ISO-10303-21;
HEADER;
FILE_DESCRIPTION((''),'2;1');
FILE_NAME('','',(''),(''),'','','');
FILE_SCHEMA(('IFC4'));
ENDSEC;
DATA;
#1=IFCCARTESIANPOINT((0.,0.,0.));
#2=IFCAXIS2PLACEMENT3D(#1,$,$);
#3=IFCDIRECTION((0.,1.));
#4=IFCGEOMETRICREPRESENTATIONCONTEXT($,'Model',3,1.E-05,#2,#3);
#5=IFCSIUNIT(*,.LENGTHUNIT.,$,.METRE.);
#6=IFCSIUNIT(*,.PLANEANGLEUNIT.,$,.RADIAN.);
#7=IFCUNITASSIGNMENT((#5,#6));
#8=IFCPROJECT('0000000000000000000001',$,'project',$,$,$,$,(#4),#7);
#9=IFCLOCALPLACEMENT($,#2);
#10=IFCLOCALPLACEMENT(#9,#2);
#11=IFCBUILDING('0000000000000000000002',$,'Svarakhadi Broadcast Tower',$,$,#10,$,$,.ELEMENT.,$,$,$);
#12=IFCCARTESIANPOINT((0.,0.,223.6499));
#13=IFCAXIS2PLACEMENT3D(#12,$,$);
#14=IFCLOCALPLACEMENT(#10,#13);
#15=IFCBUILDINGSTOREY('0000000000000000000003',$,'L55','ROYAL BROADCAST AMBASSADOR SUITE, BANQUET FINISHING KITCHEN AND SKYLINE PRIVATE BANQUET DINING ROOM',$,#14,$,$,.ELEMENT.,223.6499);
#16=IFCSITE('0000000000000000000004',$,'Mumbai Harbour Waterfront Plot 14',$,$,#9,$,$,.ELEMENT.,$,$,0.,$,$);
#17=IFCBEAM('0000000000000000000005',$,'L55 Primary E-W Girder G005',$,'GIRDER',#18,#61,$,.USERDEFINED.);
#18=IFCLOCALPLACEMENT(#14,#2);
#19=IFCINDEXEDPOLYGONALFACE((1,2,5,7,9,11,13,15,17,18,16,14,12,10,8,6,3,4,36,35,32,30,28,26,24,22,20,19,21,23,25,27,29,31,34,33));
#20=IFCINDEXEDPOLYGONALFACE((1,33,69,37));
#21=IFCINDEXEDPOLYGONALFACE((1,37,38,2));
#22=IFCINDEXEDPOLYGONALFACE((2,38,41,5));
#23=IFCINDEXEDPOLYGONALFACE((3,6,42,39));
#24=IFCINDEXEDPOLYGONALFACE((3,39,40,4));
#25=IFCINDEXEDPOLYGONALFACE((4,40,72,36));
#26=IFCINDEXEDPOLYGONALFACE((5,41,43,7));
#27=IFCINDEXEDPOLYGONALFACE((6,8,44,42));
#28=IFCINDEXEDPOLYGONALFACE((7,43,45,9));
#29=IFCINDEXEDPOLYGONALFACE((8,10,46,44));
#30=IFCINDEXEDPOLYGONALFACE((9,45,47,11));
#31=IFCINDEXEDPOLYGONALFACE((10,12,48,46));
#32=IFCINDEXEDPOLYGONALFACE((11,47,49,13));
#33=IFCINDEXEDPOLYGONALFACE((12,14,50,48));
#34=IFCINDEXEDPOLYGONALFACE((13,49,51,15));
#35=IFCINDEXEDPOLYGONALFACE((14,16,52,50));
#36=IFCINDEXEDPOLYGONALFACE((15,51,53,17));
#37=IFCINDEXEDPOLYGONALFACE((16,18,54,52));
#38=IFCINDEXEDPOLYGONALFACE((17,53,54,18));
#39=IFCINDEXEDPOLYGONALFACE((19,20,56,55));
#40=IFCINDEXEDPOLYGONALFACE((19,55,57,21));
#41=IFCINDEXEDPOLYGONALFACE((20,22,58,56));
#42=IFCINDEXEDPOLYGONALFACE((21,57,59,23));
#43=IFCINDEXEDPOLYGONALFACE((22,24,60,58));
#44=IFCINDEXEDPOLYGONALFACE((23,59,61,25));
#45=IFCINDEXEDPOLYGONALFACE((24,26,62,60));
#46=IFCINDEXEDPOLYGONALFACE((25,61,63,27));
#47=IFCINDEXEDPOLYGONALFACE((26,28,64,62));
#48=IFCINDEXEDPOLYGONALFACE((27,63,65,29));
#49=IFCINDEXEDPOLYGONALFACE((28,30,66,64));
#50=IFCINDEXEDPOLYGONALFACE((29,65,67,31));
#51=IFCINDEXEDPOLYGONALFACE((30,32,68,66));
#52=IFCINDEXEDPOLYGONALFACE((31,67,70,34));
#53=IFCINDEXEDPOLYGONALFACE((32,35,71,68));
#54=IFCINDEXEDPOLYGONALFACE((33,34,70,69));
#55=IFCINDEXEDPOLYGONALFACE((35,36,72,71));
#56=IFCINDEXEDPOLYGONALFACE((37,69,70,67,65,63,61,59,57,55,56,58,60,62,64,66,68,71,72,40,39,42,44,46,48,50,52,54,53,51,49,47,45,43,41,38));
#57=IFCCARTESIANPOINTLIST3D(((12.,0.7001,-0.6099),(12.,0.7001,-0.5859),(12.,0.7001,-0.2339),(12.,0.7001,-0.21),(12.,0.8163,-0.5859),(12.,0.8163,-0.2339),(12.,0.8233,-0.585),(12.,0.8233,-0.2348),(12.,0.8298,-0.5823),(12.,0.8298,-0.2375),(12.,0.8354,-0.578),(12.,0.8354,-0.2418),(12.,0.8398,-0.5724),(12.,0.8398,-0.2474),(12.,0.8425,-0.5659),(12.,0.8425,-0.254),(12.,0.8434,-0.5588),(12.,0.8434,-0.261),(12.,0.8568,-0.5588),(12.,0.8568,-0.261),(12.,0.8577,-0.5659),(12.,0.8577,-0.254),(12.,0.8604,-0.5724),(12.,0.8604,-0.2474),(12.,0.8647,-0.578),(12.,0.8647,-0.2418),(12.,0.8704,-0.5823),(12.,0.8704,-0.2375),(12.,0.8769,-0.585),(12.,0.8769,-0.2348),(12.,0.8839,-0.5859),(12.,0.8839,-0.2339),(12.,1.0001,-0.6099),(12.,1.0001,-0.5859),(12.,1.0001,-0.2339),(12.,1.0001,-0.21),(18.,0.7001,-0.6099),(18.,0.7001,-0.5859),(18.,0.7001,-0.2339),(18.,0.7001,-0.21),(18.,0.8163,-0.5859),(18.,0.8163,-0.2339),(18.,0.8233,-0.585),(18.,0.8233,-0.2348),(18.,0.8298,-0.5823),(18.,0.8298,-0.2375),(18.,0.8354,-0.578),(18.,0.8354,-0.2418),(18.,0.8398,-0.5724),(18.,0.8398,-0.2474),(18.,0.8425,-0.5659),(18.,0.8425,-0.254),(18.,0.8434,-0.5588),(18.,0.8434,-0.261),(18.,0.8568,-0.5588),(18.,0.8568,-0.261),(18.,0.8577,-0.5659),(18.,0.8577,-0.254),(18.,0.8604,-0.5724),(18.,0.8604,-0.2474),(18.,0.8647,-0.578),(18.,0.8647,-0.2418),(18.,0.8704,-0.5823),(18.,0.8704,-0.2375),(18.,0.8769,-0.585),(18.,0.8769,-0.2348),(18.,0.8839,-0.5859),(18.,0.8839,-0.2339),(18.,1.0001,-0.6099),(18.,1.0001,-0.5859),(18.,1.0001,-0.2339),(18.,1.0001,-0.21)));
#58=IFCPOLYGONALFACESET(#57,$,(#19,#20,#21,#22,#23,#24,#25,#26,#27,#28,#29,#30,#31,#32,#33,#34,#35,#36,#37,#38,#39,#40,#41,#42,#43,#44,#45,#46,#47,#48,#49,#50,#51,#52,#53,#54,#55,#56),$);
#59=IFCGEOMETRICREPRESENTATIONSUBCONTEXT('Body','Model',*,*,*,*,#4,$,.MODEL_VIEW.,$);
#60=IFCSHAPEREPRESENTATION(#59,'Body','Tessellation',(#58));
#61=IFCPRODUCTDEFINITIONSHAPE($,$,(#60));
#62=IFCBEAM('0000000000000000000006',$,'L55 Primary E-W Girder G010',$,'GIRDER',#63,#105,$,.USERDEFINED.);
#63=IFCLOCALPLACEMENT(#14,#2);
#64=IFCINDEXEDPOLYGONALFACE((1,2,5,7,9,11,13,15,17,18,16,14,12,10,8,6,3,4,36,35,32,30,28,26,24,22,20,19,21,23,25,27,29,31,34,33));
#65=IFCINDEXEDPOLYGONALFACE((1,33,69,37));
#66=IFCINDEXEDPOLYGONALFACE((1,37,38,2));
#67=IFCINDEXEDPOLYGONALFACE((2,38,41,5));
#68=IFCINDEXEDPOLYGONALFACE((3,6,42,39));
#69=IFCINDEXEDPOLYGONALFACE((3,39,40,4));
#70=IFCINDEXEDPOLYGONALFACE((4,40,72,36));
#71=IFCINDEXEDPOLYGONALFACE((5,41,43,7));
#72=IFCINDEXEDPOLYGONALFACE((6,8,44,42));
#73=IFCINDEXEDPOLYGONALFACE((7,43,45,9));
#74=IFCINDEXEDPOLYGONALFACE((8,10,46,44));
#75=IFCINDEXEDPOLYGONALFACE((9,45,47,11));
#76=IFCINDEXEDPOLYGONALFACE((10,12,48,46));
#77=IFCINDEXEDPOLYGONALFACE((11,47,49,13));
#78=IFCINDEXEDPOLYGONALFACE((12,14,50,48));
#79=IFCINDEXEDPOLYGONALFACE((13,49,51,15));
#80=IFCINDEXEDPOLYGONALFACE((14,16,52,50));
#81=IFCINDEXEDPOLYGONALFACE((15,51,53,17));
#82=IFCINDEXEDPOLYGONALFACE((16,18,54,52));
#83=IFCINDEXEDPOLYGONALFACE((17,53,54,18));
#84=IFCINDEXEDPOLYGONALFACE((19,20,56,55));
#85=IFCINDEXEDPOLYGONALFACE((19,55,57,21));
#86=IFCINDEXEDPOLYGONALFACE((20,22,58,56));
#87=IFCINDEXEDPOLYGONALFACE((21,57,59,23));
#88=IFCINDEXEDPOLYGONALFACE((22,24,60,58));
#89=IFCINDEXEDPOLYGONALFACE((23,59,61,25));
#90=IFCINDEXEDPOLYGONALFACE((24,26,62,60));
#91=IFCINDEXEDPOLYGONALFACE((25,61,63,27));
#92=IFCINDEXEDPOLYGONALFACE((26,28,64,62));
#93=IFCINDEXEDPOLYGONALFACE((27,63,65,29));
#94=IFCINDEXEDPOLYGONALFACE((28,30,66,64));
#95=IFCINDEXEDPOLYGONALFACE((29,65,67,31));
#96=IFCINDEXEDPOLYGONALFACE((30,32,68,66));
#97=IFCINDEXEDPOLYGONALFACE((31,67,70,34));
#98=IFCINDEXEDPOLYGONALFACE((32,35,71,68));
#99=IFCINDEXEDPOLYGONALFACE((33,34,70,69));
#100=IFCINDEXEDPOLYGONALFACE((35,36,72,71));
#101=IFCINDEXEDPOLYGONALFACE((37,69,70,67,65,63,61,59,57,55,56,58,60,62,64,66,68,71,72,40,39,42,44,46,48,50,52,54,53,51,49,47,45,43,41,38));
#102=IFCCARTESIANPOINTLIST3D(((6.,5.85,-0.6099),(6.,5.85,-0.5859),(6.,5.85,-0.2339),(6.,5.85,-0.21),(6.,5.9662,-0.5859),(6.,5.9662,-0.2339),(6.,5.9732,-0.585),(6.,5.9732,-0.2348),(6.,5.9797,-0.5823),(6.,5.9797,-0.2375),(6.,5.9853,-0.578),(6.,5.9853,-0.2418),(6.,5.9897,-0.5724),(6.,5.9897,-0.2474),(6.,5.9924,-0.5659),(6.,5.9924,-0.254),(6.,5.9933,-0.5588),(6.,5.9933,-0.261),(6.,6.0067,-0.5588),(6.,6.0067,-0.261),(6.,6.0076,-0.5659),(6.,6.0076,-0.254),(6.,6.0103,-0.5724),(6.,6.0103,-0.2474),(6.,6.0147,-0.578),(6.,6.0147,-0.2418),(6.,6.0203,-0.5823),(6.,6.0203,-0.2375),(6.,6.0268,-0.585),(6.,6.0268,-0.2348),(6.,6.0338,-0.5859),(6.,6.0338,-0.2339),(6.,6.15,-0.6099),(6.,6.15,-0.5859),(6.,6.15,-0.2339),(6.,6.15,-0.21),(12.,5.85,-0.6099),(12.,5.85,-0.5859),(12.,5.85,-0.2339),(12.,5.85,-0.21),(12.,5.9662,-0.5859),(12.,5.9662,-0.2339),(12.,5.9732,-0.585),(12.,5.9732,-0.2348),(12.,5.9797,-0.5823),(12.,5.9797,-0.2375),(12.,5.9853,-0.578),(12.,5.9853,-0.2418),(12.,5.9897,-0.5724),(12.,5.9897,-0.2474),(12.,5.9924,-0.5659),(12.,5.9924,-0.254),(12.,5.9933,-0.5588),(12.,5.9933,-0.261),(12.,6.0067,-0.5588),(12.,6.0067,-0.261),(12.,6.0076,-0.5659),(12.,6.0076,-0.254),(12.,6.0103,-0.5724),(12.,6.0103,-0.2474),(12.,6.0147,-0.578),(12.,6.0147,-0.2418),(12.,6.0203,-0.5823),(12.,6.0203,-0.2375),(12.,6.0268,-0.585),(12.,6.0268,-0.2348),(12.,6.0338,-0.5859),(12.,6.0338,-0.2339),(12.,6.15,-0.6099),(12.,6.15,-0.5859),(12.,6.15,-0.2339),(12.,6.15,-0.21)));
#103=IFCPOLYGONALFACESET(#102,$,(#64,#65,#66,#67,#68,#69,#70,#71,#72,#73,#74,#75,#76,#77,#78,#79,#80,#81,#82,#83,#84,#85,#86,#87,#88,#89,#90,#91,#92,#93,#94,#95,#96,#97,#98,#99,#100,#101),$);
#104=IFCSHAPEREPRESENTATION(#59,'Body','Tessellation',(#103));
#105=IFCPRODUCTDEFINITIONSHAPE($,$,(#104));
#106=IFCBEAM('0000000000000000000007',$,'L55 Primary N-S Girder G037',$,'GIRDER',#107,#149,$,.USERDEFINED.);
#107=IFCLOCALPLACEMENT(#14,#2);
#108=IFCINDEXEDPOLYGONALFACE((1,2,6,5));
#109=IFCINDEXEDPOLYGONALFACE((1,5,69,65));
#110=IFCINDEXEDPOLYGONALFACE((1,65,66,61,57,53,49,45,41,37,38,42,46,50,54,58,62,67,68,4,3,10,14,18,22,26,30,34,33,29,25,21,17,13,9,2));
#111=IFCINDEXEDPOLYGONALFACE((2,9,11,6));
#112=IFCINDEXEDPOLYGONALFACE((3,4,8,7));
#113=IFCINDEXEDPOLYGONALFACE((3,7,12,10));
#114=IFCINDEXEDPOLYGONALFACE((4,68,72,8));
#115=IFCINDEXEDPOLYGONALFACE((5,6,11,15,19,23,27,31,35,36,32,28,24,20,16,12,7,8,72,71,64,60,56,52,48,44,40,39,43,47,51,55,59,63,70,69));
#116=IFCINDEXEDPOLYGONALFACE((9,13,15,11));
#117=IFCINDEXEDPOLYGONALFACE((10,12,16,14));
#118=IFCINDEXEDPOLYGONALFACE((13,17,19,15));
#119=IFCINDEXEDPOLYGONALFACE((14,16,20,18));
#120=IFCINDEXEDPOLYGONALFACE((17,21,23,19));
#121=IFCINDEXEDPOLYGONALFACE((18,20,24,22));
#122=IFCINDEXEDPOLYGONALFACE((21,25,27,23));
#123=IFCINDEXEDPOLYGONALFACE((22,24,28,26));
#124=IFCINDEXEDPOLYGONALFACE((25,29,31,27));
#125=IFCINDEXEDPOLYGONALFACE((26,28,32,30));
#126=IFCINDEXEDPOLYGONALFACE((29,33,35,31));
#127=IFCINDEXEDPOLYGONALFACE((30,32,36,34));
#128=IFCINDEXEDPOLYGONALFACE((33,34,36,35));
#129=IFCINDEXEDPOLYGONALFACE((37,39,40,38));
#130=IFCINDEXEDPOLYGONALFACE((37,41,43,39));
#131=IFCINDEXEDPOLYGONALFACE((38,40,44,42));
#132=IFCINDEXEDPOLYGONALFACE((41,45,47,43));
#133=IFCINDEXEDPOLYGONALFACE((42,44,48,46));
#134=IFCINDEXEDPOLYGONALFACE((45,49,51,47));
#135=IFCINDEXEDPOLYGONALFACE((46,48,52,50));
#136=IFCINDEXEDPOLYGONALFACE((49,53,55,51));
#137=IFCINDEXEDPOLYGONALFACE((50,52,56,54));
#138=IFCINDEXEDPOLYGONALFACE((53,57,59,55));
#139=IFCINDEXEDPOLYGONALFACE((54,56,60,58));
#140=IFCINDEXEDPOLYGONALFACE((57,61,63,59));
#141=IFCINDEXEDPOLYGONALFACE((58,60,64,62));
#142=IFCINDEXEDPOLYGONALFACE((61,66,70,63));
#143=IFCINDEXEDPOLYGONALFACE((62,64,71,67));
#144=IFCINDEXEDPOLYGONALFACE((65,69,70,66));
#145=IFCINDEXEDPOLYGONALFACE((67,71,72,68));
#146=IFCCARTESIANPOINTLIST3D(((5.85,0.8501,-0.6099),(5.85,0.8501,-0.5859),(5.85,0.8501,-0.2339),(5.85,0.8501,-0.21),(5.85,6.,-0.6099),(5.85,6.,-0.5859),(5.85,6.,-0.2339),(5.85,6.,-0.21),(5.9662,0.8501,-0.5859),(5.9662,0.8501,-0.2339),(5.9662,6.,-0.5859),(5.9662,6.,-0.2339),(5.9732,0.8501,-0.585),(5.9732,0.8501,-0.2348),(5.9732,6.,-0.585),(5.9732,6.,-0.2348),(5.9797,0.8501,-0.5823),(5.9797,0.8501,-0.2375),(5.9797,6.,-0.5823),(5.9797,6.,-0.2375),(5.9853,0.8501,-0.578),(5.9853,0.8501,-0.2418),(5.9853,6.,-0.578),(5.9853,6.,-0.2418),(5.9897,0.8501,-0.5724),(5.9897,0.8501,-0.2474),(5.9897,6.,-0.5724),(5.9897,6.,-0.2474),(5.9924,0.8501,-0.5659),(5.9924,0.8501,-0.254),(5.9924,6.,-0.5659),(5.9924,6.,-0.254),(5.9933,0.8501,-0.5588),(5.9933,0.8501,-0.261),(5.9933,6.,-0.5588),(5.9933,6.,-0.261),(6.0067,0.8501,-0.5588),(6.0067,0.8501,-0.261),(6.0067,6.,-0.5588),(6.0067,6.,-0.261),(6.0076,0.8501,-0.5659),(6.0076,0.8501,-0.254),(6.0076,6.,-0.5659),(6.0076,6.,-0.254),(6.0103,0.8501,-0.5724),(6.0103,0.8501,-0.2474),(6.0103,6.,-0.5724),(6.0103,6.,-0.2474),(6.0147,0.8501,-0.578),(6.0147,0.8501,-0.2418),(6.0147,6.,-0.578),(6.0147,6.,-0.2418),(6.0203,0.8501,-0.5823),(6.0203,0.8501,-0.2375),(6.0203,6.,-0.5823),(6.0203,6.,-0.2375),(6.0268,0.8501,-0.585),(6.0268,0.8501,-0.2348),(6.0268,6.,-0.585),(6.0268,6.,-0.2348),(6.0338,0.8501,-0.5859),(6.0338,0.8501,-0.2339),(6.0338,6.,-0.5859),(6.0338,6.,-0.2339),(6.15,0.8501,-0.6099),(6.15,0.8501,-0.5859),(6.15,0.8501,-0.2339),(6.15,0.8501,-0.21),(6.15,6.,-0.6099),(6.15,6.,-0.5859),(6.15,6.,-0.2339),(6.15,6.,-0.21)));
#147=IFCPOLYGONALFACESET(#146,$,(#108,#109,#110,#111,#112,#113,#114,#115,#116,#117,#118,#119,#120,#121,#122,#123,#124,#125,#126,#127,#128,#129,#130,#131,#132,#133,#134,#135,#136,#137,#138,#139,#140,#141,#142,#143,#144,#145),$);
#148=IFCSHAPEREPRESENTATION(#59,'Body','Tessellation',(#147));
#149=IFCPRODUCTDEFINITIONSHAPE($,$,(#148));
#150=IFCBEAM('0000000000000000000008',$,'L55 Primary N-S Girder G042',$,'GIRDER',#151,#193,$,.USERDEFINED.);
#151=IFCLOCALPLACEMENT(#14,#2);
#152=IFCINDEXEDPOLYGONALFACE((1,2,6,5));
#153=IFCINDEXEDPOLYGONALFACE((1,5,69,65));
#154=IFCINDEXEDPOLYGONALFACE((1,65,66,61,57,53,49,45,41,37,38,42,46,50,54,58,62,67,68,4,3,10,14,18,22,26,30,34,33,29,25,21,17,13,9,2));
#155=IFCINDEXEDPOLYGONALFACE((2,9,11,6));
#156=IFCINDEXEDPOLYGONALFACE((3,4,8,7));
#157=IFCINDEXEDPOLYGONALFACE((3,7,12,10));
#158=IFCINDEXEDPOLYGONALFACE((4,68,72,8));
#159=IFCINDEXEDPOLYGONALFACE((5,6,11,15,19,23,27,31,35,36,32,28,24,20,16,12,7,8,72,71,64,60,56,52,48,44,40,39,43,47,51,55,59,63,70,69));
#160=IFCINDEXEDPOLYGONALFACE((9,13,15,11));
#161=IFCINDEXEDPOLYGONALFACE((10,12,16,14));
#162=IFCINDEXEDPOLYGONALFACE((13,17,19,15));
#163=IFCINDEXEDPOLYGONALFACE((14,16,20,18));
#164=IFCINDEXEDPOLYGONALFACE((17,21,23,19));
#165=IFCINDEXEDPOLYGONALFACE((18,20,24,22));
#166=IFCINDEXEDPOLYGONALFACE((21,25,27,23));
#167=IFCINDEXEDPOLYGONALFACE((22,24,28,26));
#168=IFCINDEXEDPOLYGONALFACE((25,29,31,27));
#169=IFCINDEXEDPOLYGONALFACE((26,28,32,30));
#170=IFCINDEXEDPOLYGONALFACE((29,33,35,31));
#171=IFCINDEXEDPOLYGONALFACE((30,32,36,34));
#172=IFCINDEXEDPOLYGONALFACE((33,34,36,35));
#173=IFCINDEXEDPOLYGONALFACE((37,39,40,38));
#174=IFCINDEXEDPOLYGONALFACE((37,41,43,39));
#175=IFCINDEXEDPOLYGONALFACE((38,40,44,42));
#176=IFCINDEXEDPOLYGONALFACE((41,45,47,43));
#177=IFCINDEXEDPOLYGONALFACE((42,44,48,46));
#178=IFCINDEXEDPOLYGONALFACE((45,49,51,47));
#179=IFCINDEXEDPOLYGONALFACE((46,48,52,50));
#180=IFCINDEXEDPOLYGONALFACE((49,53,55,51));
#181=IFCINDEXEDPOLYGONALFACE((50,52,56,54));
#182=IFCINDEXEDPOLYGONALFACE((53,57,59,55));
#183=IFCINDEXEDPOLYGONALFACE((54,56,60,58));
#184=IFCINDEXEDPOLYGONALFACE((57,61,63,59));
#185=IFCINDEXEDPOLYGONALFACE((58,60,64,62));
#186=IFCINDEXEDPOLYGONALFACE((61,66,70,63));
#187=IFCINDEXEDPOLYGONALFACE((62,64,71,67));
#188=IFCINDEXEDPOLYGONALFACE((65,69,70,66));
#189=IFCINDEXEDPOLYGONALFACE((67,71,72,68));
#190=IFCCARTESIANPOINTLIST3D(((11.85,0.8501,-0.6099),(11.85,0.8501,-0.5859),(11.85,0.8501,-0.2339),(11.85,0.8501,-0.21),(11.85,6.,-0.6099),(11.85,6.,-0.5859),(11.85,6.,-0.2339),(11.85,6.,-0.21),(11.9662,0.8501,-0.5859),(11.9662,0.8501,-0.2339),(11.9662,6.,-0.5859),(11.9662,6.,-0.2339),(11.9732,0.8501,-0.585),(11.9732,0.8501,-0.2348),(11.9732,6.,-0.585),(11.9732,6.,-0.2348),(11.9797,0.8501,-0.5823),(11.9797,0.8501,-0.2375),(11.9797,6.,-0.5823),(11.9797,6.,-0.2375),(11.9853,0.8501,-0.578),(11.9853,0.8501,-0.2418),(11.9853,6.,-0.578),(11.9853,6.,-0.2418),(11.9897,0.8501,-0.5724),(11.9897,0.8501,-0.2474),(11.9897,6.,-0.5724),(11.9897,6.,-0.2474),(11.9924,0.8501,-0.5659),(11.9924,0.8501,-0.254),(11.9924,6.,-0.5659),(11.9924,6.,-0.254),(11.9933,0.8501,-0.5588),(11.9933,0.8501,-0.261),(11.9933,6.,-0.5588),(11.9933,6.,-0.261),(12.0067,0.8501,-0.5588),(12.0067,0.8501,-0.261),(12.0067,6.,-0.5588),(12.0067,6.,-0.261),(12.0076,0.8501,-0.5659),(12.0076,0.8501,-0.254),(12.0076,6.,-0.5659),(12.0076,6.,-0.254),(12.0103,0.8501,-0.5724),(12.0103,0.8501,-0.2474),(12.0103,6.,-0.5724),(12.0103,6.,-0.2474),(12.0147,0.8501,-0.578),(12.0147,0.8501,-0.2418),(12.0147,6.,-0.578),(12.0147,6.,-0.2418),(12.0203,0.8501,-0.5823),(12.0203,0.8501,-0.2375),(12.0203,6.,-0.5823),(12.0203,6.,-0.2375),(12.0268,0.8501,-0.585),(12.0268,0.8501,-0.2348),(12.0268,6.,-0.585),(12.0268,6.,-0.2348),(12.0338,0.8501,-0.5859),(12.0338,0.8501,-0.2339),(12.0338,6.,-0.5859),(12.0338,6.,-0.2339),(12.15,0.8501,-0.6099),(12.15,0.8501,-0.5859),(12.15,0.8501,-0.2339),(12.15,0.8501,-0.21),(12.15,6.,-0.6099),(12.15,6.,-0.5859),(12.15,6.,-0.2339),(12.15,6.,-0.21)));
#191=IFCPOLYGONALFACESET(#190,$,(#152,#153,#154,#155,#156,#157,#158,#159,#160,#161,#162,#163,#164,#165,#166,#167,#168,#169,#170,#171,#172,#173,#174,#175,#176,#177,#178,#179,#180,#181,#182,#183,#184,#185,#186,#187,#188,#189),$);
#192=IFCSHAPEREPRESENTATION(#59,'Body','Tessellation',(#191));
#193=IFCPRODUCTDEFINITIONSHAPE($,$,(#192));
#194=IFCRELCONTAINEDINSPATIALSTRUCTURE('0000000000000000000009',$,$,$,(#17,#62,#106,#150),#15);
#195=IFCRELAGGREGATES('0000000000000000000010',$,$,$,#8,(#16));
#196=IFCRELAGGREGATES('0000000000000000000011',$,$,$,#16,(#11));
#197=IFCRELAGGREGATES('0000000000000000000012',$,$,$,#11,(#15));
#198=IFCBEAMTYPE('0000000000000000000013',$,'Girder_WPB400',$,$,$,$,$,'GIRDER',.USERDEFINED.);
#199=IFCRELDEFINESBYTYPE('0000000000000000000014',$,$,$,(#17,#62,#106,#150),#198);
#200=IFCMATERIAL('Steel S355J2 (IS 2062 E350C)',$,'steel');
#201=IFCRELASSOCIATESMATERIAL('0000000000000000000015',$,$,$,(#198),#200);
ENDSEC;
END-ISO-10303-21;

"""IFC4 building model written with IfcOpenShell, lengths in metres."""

from ifc_helpers import new_model, si_unit, direction, frame, origin, origin_2d, place, context, subcontext, project, spatial, i_section, extrude, material, material_profile, profile_set, type_object, element, save


model = new_model("IFC4")

# Units and contexts
model_context = context("Model", 3, precision=1e-05, world=origin(), true_north=direction((0.0, 1.0)))
body_context = subcontext(model_context, "Body", "Model", "MODEL_VIEW")
ifc_project = project(units=[si_unit("LENGTHUNIT", "METRE"), si_unit("PLANEANGLEUNIT", "RADIAN")], contexts=[model_context])

# Site, building, storey
site_placement = place(None, origin())
site = spatial("IfcSite", under=ifc_project, at=site_placement, Name="Mumbai Harbour Waterfront Plot 14", CompositionType="ELEMENT", RefElevation=0.0)
building_placement = place(site_placement, origin())
building = spatial("IfcBuilding", under=site, at=building_placement, Name="Svarakhadi Broadcast Tower", CompositionType="ELEMENT")
storey_placement = place(building_placement, frame((0.0, 0.0, 223.6499)))
storey = spatial("IfcBuildingStorey", under=building, at=storey_placement, Name="L55", Description="ROYAL BROADCAST AMBASSADOR SUITE, BANQUET FINISHING KITCHEN AND SKYLINE PRIVATE BANQUET DINING ROOM", CompositionType="ELEMENT", Elevation=223.6499)

# Shared definitions
ifc_material_1 = material(Name="Steel S355J2 (IS 2062 E350C)", Category="steel")

# Beams
ifc_material_profile_1 = material_profile(ifc_material_1, i_section(OverallWidth=0.3, OverallDepth=0.3999, WebThickness=0.0134, FlangeThickness=0.0239, FilletRadius=0.0271, at=origin_2d()), Name="WPB 400x300x155")
ifc_profile_set_1 = profile_set([ifc_material_profile_1], Name="Steel S355J2 (IS 2062 E350C)")
beam_type_1 = type_object("IfcBeamType", Name="Girder_WPB400", ElementType="GIRDER", PredefinedType="USERDEFINED", material=ifc_profile_set_1)
for number, where, z_axis, x_axis, name in (
    (1, (12.0, 0.8501, -0.4099), (1.0, 0.0, 0.0), (0.0, 1.0, 0.0), "L55 Primary E-W Girder G005"),
    (2, (6.0, 6.0, -0.4099), (1.0, 0.0, 0.0), (0.0, 1.0, 0.0), "L55 Primary E-W Girder G010"),
):
    element("IfcBeam", number, at=place(storey_placement, frame(where, z_axis=z_axis, x_axis=x_axis)), inside=storey, type_object=beam_type_1, Name=name, ObjectType="GIRDER", PredefinedType="USERDEFINED", context=body_context, shape_type="SweptSolid", body=[
        extrude(i_section(OverallWidth=0.3, OverallDepth=0.3999, WebThickness=0.0134, FlangeThickness=0.0239, FilletRadius=0.0271, at=origin_2d()), origin(), (0.0, 0.0, 1.0), 6.0),
    ])
for number, where, z_axis, x_axis, name in (
    (3, (6.0, 0.8501, -0.4099), (0.0, 1.0, 0.0), (-1.0, 0.0, 0.0), "L55 Primary N-S Girder G037"),
    (4, (12.0, 0.8501, -0.4099), (0.0, 1.0, 0.0), (-1.0, 0.0, 0.0), "L55 Primary N-S Girder G042"),
):
    element("IfcBeam", number, at=place(storey_placement, frame(where, z_axis=z_axis, x_axis=x_axis)), inside=storey, type_object=beam_type_1, Name=name, ObjectType="GIRDER", PredefinedType="USERDEFINED", context=body_context, shape_type="SweptSolid", body=[
        extrude(i_section(OverallWidth=0.3, OverallDepth=0.3999, WebThickness=0.0134, FlangeThickness=0.0239, FilletRadius=0.0271, at=origin_2d()), origin(), (0.0, 0.0, 1.0), 5.1499),
    ])

save(model, "model.ifc")
